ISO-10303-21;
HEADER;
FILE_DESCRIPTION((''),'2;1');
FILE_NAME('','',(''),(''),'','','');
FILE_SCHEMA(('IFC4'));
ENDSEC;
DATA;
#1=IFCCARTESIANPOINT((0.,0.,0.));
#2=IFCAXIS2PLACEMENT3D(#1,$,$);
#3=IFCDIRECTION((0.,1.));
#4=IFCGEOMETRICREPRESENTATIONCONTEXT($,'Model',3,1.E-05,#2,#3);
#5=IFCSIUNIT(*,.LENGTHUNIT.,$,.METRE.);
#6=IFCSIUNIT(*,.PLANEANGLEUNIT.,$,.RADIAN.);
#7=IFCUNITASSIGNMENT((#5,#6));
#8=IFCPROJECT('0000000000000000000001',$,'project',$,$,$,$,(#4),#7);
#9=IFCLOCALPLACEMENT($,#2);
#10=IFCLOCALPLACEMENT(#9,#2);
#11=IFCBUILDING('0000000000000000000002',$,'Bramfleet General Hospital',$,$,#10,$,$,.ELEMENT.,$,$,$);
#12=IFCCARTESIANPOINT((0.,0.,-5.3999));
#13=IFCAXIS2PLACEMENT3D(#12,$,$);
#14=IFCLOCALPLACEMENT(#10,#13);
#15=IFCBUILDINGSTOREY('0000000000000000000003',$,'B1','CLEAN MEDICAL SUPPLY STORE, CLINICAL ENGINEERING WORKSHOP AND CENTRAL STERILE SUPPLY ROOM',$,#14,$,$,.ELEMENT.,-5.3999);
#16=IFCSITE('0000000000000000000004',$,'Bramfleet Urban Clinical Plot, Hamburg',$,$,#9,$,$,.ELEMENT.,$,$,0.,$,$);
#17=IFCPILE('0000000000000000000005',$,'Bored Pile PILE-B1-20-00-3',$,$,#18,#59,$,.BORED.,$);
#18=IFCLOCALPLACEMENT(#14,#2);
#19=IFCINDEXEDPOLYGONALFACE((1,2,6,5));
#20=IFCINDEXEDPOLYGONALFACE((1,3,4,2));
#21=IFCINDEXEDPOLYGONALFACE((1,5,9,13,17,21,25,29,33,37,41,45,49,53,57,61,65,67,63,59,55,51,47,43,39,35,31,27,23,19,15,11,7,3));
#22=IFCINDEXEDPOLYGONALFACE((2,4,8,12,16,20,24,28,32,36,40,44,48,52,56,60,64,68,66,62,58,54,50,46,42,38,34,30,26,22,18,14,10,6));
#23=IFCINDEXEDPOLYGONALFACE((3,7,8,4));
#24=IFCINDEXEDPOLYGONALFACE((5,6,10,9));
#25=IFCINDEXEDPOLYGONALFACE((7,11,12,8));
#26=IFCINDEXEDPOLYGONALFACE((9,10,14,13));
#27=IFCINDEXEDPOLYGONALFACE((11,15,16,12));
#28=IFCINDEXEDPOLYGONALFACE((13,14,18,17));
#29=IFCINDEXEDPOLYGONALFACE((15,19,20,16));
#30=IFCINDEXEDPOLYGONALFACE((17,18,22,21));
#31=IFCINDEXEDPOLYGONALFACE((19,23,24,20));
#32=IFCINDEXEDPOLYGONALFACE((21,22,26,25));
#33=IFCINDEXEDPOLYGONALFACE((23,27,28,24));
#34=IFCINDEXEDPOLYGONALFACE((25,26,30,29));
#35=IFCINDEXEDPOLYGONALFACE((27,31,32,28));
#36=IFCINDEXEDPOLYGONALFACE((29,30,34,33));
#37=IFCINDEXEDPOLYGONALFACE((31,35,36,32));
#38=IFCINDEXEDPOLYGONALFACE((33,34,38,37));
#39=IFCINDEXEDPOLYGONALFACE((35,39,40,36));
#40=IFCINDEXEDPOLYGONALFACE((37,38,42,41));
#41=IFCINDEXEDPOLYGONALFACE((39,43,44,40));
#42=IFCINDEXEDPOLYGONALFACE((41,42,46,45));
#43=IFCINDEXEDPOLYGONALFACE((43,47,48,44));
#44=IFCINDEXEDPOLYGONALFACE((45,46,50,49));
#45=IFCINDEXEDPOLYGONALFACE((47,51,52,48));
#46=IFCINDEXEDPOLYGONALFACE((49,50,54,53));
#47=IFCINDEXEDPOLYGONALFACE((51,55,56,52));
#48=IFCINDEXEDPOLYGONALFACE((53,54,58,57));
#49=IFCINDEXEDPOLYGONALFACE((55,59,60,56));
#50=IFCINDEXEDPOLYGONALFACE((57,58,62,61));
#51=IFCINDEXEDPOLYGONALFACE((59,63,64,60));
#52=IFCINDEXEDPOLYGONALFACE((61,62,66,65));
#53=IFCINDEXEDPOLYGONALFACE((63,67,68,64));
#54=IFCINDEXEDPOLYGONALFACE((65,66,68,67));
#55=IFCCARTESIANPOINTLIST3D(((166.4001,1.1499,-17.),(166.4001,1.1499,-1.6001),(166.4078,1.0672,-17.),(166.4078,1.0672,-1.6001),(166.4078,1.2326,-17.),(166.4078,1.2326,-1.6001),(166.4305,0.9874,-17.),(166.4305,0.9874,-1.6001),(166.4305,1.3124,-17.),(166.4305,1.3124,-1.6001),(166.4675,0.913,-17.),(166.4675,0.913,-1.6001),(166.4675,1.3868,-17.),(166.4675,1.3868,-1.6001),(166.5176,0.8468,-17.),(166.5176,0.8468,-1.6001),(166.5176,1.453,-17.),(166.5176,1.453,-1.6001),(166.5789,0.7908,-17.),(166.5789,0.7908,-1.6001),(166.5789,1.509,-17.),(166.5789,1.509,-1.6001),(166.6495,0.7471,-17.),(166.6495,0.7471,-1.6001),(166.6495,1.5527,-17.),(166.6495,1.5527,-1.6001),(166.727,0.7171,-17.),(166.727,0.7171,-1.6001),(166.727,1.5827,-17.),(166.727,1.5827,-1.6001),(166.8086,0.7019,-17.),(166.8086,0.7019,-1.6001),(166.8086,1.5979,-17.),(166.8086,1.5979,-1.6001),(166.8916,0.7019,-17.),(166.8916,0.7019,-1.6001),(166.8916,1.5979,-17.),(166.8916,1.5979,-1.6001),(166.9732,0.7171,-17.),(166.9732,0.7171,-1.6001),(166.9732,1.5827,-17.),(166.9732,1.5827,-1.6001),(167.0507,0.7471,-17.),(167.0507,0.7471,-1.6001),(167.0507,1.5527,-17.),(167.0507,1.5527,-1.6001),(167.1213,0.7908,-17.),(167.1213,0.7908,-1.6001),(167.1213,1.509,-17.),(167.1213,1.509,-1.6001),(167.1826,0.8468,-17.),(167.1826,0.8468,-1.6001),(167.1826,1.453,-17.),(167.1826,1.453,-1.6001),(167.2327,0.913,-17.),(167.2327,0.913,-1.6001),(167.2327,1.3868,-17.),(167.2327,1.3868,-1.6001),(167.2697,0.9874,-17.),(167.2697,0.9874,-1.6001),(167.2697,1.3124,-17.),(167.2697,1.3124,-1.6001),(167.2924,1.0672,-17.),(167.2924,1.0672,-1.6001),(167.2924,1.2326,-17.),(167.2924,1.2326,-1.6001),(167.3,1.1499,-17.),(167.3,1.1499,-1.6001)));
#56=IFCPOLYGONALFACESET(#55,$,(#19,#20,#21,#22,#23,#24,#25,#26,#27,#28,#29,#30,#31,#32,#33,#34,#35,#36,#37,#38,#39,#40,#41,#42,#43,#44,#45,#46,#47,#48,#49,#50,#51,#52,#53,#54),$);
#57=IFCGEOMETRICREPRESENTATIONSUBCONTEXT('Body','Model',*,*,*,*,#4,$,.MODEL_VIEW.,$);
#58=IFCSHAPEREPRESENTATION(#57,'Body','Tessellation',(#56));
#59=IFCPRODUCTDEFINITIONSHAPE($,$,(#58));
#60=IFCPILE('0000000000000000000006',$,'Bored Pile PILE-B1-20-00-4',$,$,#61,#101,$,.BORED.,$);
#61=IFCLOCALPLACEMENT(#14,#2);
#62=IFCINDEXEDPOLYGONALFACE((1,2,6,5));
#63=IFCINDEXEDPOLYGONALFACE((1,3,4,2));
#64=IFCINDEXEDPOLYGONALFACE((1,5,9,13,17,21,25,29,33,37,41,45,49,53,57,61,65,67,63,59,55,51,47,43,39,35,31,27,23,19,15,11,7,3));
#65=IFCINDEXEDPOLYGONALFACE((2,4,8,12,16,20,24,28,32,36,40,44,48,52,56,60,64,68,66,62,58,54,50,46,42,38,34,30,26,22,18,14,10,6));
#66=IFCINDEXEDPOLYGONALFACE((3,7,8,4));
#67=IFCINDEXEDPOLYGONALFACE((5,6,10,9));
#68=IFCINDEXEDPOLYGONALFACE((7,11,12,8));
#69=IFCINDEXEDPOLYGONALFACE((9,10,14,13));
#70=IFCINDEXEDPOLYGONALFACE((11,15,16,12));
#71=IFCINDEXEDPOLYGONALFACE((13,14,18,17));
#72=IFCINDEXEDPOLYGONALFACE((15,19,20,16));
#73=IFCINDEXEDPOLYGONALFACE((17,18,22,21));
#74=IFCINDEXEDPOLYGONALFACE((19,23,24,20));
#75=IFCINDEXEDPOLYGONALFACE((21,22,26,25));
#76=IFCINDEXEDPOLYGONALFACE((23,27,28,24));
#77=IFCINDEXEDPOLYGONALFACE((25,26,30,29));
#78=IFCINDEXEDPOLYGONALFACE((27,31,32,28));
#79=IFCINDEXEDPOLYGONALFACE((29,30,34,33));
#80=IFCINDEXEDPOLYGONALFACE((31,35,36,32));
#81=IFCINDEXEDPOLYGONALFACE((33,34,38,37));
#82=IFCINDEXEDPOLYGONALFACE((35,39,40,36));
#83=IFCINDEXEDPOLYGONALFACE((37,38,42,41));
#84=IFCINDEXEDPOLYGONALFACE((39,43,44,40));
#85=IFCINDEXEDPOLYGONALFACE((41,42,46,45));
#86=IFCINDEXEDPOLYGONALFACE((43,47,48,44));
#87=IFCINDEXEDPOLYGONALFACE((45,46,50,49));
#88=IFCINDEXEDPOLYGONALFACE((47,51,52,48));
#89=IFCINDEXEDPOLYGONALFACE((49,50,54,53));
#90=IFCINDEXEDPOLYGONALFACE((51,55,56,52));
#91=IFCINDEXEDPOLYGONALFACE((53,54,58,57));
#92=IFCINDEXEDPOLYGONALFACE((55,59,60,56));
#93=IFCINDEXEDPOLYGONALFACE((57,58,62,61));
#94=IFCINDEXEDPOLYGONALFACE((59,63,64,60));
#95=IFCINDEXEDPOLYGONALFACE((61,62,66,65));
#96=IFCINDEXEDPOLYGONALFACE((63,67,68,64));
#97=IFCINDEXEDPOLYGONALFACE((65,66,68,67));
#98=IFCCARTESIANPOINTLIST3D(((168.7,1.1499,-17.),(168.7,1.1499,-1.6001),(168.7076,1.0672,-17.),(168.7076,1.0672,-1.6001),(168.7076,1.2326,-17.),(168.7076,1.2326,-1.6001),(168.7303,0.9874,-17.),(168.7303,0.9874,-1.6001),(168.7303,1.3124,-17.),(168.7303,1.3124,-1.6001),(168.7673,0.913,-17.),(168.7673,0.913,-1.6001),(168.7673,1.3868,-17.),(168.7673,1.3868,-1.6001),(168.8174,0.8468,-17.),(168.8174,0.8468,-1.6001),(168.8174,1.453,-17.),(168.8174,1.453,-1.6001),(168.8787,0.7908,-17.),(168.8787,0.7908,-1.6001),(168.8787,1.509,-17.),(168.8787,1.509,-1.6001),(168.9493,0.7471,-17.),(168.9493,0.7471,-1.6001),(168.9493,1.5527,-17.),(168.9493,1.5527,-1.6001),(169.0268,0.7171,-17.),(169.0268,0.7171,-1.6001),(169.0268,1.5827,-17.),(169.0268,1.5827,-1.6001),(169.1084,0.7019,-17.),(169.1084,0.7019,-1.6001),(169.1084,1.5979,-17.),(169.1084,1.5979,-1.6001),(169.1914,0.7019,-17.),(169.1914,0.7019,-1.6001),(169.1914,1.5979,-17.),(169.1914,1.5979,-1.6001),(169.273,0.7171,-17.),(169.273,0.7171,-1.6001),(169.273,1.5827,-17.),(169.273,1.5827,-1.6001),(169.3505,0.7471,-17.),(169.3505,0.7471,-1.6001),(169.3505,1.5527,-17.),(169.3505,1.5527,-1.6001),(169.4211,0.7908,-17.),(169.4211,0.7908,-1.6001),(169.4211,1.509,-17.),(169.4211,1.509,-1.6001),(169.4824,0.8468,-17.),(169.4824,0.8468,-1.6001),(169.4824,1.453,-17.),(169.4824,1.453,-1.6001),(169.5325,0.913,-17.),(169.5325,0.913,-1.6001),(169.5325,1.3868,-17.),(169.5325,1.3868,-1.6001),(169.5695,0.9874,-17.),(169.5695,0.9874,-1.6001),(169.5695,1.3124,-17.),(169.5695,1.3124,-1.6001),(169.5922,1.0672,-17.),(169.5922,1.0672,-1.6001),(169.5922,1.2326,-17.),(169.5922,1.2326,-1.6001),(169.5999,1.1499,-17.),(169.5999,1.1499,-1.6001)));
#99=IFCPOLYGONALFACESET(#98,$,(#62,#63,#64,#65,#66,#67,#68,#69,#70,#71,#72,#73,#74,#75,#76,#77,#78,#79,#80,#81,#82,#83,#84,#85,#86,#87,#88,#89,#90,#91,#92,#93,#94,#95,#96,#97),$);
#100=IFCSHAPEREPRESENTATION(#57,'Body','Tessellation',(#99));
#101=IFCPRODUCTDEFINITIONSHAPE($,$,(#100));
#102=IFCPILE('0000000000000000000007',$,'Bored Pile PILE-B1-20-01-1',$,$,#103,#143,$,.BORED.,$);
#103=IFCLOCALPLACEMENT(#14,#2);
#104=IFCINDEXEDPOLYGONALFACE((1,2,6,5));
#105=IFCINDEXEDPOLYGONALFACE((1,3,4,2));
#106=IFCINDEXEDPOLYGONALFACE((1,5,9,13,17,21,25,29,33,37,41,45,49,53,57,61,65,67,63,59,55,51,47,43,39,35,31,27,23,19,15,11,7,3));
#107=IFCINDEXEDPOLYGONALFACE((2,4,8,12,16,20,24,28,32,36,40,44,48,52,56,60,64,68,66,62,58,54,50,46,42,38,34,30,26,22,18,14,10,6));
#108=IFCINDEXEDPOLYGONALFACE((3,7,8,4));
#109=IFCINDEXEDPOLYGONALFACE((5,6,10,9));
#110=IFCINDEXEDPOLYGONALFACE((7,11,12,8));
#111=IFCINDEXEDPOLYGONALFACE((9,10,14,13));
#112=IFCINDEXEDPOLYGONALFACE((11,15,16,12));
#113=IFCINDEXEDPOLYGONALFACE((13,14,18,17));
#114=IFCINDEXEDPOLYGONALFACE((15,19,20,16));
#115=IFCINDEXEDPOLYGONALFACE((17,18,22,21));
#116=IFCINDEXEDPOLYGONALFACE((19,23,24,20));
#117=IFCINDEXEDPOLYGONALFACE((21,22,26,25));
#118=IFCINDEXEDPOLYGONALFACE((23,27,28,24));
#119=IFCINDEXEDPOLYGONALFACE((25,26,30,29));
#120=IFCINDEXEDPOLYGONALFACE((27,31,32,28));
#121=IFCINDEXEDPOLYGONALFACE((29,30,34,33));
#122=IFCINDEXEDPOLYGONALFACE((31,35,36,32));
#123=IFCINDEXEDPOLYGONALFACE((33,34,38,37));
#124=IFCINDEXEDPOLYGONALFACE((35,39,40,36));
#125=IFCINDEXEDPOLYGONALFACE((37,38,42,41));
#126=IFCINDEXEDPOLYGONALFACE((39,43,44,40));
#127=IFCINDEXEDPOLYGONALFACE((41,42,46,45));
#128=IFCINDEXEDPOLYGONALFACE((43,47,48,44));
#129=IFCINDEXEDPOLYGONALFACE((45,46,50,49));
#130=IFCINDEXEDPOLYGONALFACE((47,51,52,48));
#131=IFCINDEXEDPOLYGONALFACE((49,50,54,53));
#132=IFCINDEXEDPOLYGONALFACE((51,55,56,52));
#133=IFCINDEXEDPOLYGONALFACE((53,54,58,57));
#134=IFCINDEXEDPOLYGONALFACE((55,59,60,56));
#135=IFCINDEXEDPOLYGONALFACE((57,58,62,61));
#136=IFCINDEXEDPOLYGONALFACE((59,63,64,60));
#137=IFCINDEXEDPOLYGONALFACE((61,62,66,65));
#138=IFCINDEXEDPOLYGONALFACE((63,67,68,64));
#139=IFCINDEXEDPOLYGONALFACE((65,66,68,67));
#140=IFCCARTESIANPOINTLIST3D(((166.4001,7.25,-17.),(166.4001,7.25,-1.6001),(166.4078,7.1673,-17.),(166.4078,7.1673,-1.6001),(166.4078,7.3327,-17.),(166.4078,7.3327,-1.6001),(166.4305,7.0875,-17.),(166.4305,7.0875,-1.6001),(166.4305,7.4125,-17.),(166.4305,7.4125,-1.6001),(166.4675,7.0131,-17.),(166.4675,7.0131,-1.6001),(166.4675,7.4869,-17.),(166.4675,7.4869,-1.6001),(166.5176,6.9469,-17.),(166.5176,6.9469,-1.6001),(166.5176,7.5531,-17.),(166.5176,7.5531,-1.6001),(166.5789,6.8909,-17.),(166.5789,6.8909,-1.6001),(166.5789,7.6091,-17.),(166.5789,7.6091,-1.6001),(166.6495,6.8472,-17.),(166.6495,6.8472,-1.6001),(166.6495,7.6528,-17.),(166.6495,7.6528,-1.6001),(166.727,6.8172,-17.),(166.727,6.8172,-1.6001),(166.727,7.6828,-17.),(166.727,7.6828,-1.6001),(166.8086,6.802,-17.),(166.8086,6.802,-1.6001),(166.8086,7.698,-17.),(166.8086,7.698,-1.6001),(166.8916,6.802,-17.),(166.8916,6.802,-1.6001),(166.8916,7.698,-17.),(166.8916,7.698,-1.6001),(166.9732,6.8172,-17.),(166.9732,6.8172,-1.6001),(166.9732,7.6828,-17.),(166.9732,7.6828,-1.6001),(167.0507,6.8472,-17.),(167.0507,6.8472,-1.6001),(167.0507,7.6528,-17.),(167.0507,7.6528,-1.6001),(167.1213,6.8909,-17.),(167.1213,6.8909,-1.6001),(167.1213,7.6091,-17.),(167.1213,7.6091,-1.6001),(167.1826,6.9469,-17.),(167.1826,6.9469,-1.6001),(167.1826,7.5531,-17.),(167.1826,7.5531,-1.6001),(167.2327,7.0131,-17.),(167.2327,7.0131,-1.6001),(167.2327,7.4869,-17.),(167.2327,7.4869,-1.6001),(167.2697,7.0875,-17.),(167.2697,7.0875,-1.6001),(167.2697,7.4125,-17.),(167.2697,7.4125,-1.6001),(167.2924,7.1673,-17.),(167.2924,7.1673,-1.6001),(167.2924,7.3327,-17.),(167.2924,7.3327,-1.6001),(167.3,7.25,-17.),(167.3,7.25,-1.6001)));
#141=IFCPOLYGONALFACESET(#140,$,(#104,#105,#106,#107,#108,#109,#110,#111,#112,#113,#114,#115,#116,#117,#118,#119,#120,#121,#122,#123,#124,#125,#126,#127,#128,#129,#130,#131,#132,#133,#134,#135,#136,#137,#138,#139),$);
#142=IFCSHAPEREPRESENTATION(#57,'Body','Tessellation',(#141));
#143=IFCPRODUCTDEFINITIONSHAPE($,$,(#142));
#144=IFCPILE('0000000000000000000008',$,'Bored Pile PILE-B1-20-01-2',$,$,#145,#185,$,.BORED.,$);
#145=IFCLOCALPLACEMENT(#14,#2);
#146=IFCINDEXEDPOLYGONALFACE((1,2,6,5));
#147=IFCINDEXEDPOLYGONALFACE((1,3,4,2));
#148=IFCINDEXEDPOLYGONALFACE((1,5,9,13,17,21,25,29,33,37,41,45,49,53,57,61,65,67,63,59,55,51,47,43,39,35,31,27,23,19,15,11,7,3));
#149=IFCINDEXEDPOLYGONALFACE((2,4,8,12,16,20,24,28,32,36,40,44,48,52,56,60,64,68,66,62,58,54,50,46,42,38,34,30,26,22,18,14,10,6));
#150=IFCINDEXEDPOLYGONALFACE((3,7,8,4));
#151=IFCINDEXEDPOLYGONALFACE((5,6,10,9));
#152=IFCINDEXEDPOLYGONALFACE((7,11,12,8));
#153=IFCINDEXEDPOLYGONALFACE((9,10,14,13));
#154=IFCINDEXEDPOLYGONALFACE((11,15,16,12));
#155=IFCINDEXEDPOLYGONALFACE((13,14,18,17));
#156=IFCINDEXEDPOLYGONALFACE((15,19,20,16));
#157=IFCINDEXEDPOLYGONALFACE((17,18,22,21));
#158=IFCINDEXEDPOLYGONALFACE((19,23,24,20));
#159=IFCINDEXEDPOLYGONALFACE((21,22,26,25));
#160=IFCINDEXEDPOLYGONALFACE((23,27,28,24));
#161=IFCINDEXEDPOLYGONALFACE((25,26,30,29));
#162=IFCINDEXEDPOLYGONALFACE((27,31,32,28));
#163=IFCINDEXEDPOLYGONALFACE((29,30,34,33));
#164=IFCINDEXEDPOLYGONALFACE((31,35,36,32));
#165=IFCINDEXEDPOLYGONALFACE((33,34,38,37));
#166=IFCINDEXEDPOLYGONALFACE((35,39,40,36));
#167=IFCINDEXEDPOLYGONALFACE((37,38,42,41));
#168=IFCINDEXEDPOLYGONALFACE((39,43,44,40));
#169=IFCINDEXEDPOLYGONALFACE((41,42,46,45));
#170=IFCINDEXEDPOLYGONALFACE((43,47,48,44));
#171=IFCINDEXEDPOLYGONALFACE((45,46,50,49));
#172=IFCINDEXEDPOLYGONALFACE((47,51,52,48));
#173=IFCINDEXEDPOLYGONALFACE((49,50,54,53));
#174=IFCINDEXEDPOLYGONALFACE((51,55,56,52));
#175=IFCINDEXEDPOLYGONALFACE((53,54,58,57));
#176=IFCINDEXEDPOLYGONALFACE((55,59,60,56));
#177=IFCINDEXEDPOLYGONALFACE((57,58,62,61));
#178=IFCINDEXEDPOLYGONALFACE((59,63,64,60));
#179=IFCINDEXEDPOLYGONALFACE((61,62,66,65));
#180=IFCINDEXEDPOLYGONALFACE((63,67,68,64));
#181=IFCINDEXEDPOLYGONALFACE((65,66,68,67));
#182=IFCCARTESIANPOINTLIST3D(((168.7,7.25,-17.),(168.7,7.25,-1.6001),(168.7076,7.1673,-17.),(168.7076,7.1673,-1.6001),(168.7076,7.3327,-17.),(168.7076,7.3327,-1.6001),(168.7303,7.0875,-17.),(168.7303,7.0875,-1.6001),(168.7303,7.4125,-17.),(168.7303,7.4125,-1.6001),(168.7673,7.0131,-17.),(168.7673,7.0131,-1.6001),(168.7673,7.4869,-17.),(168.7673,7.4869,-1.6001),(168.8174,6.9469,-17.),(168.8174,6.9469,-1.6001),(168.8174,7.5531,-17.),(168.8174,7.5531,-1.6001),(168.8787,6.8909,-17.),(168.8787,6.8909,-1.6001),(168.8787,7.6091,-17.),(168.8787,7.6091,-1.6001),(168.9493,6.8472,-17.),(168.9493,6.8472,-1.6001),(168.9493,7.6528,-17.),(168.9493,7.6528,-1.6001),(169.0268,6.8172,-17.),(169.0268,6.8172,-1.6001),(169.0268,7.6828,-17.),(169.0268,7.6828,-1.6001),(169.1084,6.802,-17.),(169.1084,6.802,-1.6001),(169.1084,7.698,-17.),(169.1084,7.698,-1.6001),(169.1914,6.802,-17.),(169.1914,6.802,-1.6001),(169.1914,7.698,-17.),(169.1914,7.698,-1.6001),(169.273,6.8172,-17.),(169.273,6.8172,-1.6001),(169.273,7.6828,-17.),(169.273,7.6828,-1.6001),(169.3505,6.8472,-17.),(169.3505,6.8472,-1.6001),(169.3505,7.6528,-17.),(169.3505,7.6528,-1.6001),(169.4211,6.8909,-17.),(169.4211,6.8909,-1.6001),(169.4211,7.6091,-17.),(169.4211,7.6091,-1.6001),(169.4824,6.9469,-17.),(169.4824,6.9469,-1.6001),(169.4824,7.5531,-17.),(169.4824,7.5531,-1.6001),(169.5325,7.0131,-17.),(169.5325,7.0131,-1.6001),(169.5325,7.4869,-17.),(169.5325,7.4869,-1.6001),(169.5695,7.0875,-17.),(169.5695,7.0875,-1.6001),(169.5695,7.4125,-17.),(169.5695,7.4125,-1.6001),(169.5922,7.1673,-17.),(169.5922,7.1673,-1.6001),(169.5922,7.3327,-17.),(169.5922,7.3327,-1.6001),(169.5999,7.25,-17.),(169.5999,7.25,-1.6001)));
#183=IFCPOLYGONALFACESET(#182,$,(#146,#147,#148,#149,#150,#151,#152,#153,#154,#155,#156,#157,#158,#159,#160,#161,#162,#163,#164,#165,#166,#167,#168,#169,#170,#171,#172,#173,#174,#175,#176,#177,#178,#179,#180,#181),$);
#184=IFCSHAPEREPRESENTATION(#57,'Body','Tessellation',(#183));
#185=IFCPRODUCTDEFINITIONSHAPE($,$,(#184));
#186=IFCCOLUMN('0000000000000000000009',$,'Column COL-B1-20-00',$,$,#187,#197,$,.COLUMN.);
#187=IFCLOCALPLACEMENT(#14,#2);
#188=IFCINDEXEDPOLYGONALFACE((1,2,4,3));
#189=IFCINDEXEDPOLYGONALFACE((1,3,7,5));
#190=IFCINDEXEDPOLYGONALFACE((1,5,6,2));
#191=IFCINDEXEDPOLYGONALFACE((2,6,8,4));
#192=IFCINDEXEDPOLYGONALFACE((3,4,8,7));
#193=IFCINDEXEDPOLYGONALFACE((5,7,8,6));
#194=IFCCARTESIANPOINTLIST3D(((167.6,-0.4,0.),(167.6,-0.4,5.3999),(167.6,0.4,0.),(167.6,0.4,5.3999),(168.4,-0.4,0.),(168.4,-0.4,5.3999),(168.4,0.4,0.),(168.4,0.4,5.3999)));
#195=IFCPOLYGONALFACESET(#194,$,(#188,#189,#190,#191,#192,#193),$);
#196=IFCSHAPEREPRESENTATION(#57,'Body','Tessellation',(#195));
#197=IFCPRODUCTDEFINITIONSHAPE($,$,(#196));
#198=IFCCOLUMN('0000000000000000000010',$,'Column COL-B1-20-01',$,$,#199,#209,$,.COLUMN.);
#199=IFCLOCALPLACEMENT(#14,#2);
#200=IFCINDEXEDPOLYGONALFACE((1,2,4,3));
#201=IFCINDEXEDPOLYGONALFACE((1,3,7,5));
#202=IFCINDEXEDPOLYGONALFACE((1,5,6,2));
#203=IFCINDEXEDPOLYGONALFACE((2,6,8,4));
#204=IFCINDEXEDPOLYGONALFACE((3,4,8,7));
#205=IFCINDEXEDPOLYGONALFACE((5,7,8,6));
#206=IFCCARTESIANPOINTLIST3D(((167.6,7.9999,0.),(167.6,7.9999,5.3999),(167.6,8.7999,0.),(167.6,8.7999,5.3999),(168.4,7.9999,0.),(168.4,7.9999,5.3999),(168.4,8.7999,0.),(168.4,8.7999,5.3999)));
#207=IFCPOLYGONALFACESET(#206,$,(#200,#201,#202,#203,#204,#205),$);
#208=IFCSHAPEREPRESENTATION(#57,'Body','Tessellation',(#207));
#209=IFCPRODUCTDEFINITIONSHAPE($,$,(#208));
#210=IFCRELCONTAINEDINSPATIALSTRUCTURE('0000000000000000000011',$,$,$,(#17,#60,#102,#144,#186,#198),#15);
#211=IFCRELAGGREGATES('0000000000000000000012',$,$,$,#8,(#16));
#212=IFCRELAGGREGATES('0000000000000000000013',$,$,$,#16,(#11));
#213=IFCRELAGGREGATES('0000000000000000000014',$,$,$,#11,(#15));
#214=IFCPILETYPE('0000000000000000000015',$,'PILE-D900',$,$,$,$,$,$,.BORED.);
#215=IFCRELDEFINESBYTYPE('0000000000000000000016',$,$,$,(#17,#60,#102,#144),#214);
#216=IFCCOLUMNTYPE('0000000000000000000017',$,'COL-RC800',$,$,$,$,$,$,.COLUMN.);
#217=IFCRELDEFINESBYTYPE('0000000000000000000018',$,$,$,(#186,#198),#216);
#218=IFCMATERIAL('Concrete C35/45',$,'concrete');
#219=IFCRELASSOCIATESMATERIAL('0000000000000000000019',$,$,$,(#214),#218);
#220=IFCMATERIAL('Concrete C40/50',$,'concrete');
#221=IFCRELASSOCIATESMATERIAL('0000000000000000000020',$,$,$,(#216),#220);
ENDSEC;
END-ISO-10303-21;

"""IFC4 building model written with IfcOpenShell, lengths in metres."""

from ifc_helpers import new_model, si_unit, direction, frame, origin, origin_2d, place, context, subcontext, project, spatial, rectangle, circle, extrude, material, material_profile, profile_set, type_object, element, save


model = new_model("IFC4")

# Units and contexts
model_context = context("Model", 3, precision=1e-05, world=origin(), true_north=direction((0.0, 1.0)))
body_context = subcontext(model_context, "Body", "Model", "MODEL_VIEW")
ifc_project = project(units=[si_unit("LENGTHUNIT", "METRE"), si_unit("PLANEANGLEUNIT", "RADIAN")], contexts=[model_context])

# Site, building, storey
site_placement = place(None, origin())
site = spatial("IfcSite", under=ifc_project, at=site_placement, Name="Bramfleet Urban Clinical Plot, Hamburg", CompositionType="ELEMENT", RefElevation=0.0)
building_placement = place(site_placement, origin())
building = spatial("IfcBuilding", under=site, at=building_placement, Name="Bramfleet General Hospital", CompositionType="ELEMENT")
storey_placement = place(building_placement, frame((0.0, 0.0, -5.3999)))
storey = spatial("IfcBuildingStorey", under=building, at=storey_placement, Name="B1", Description="CLEAN MEDICAL SUPPLY STORE, CLINICAL ENGINEERING WORKSHOP AND CENTRAL STERILE SUPPLY ROOM", CompositionType="ELEMENT", Elevation=-5.3999)

# Shared definitions
ifc_material_1 = material(Name="Concrete C35/45", Category="concrete")

# Piles
ifc_material_profile_1 = material_profile(ifc_material_1, circle(Radius=0.45, at=origin_2d()), Name="PILE BORED D900")
ifc_profile_set_1 = profile_set([ifc_material_profile_1], Name="Concrete C35/45")
pile_type_1 = type_object("IfcPileType", Name="PILE-D900", PredefinedType="BORED", material=ifc_profile_set_1)
for number, where, z_axis, x_axis, name in (
    (1, (166.8501, 1.1499, -1.6001), (0.0, 0.0, -1.0), (1.0, 0.0, 0.0), "Bored Pile PILE-B1-20-00-3"),
    (2, (169.1499, 1.1499, -1.6001), (0.0, 0.0, -1.0), (1.0, 0.0, 0.0), "Bored Pile PILE-B1-20-00-4"),
    (3, (166.8501, 7.25, -1.6001), (0.0, 0.0, -1.0), (1.0, 0.0, 0.0), "Bored Pile PILE-B1-20-01-1"),
    (4, (169.1499, 7.25, -1.6001), (0.0, 0.0, -1.0), (1.0, 0.0, 0.0), "Bored Pile PILE-B1-20-01-2"),
):
    element("IfcPile", number, at=place(storey_placement, frame(where, z_axis=z_axis, x_axis=x_axis)), inside=storey, type_object=pile_type_1, Name=name, PredefinedType="BORED", context=body_context, shape_type="SweptSolid", body=[
        extrude(circle(Radius=0.45, at=origin_2d()), origin(), (0.0, 0.0, 1.0), 15.3999),
    ])

# Columns
ifc_material_2 = material(Name="Concrete C40/50", Category="concrete")
ifc_material_profile_2 = material_profile(ifc_material_2, rectangle(XDim=0.8, YDim=0.8, at=origin_2d()), Name="RC COL 800x800")
ifc_profile_set_2 = profile_set([ifc_material_profile_2], Name="Concrete C40/50")
column_type = type_object("IfcColumnType", Name="COL-RC800", PredefinedType="COLUMN", material=ifc_profile_set_2)
for number, where, z_axis, x_axis, name in (
    (5, (168.0, 0.0, 0.0), (0.0, 0.0, 1.0), (1.0, 0.0, 0.0), "Column COL-B1-20-00"),
    (6, (168.0, 8.3999, 0.0), (0.0, 0.0, 1.0), (1.0, 0.0, 0.0), "Column COL-B1-20-01"),
):
    element("IfcColumn", number, at=place(storey_placement, frame(where, z_axis=z_axis, x_axis=x_axis)), inside=storey, type_object=column_type, Name=name, PredefinedType="COLUMN", context=body_context, shape_type="SweptSolid", body=[
        extrude(rectangle(XDim=0.8, YDim=0.8, at=origin_2d()), origin(), (0.0, 0.0, 1.0), 5.3999),
    ])

save(model, "model.ifc")
